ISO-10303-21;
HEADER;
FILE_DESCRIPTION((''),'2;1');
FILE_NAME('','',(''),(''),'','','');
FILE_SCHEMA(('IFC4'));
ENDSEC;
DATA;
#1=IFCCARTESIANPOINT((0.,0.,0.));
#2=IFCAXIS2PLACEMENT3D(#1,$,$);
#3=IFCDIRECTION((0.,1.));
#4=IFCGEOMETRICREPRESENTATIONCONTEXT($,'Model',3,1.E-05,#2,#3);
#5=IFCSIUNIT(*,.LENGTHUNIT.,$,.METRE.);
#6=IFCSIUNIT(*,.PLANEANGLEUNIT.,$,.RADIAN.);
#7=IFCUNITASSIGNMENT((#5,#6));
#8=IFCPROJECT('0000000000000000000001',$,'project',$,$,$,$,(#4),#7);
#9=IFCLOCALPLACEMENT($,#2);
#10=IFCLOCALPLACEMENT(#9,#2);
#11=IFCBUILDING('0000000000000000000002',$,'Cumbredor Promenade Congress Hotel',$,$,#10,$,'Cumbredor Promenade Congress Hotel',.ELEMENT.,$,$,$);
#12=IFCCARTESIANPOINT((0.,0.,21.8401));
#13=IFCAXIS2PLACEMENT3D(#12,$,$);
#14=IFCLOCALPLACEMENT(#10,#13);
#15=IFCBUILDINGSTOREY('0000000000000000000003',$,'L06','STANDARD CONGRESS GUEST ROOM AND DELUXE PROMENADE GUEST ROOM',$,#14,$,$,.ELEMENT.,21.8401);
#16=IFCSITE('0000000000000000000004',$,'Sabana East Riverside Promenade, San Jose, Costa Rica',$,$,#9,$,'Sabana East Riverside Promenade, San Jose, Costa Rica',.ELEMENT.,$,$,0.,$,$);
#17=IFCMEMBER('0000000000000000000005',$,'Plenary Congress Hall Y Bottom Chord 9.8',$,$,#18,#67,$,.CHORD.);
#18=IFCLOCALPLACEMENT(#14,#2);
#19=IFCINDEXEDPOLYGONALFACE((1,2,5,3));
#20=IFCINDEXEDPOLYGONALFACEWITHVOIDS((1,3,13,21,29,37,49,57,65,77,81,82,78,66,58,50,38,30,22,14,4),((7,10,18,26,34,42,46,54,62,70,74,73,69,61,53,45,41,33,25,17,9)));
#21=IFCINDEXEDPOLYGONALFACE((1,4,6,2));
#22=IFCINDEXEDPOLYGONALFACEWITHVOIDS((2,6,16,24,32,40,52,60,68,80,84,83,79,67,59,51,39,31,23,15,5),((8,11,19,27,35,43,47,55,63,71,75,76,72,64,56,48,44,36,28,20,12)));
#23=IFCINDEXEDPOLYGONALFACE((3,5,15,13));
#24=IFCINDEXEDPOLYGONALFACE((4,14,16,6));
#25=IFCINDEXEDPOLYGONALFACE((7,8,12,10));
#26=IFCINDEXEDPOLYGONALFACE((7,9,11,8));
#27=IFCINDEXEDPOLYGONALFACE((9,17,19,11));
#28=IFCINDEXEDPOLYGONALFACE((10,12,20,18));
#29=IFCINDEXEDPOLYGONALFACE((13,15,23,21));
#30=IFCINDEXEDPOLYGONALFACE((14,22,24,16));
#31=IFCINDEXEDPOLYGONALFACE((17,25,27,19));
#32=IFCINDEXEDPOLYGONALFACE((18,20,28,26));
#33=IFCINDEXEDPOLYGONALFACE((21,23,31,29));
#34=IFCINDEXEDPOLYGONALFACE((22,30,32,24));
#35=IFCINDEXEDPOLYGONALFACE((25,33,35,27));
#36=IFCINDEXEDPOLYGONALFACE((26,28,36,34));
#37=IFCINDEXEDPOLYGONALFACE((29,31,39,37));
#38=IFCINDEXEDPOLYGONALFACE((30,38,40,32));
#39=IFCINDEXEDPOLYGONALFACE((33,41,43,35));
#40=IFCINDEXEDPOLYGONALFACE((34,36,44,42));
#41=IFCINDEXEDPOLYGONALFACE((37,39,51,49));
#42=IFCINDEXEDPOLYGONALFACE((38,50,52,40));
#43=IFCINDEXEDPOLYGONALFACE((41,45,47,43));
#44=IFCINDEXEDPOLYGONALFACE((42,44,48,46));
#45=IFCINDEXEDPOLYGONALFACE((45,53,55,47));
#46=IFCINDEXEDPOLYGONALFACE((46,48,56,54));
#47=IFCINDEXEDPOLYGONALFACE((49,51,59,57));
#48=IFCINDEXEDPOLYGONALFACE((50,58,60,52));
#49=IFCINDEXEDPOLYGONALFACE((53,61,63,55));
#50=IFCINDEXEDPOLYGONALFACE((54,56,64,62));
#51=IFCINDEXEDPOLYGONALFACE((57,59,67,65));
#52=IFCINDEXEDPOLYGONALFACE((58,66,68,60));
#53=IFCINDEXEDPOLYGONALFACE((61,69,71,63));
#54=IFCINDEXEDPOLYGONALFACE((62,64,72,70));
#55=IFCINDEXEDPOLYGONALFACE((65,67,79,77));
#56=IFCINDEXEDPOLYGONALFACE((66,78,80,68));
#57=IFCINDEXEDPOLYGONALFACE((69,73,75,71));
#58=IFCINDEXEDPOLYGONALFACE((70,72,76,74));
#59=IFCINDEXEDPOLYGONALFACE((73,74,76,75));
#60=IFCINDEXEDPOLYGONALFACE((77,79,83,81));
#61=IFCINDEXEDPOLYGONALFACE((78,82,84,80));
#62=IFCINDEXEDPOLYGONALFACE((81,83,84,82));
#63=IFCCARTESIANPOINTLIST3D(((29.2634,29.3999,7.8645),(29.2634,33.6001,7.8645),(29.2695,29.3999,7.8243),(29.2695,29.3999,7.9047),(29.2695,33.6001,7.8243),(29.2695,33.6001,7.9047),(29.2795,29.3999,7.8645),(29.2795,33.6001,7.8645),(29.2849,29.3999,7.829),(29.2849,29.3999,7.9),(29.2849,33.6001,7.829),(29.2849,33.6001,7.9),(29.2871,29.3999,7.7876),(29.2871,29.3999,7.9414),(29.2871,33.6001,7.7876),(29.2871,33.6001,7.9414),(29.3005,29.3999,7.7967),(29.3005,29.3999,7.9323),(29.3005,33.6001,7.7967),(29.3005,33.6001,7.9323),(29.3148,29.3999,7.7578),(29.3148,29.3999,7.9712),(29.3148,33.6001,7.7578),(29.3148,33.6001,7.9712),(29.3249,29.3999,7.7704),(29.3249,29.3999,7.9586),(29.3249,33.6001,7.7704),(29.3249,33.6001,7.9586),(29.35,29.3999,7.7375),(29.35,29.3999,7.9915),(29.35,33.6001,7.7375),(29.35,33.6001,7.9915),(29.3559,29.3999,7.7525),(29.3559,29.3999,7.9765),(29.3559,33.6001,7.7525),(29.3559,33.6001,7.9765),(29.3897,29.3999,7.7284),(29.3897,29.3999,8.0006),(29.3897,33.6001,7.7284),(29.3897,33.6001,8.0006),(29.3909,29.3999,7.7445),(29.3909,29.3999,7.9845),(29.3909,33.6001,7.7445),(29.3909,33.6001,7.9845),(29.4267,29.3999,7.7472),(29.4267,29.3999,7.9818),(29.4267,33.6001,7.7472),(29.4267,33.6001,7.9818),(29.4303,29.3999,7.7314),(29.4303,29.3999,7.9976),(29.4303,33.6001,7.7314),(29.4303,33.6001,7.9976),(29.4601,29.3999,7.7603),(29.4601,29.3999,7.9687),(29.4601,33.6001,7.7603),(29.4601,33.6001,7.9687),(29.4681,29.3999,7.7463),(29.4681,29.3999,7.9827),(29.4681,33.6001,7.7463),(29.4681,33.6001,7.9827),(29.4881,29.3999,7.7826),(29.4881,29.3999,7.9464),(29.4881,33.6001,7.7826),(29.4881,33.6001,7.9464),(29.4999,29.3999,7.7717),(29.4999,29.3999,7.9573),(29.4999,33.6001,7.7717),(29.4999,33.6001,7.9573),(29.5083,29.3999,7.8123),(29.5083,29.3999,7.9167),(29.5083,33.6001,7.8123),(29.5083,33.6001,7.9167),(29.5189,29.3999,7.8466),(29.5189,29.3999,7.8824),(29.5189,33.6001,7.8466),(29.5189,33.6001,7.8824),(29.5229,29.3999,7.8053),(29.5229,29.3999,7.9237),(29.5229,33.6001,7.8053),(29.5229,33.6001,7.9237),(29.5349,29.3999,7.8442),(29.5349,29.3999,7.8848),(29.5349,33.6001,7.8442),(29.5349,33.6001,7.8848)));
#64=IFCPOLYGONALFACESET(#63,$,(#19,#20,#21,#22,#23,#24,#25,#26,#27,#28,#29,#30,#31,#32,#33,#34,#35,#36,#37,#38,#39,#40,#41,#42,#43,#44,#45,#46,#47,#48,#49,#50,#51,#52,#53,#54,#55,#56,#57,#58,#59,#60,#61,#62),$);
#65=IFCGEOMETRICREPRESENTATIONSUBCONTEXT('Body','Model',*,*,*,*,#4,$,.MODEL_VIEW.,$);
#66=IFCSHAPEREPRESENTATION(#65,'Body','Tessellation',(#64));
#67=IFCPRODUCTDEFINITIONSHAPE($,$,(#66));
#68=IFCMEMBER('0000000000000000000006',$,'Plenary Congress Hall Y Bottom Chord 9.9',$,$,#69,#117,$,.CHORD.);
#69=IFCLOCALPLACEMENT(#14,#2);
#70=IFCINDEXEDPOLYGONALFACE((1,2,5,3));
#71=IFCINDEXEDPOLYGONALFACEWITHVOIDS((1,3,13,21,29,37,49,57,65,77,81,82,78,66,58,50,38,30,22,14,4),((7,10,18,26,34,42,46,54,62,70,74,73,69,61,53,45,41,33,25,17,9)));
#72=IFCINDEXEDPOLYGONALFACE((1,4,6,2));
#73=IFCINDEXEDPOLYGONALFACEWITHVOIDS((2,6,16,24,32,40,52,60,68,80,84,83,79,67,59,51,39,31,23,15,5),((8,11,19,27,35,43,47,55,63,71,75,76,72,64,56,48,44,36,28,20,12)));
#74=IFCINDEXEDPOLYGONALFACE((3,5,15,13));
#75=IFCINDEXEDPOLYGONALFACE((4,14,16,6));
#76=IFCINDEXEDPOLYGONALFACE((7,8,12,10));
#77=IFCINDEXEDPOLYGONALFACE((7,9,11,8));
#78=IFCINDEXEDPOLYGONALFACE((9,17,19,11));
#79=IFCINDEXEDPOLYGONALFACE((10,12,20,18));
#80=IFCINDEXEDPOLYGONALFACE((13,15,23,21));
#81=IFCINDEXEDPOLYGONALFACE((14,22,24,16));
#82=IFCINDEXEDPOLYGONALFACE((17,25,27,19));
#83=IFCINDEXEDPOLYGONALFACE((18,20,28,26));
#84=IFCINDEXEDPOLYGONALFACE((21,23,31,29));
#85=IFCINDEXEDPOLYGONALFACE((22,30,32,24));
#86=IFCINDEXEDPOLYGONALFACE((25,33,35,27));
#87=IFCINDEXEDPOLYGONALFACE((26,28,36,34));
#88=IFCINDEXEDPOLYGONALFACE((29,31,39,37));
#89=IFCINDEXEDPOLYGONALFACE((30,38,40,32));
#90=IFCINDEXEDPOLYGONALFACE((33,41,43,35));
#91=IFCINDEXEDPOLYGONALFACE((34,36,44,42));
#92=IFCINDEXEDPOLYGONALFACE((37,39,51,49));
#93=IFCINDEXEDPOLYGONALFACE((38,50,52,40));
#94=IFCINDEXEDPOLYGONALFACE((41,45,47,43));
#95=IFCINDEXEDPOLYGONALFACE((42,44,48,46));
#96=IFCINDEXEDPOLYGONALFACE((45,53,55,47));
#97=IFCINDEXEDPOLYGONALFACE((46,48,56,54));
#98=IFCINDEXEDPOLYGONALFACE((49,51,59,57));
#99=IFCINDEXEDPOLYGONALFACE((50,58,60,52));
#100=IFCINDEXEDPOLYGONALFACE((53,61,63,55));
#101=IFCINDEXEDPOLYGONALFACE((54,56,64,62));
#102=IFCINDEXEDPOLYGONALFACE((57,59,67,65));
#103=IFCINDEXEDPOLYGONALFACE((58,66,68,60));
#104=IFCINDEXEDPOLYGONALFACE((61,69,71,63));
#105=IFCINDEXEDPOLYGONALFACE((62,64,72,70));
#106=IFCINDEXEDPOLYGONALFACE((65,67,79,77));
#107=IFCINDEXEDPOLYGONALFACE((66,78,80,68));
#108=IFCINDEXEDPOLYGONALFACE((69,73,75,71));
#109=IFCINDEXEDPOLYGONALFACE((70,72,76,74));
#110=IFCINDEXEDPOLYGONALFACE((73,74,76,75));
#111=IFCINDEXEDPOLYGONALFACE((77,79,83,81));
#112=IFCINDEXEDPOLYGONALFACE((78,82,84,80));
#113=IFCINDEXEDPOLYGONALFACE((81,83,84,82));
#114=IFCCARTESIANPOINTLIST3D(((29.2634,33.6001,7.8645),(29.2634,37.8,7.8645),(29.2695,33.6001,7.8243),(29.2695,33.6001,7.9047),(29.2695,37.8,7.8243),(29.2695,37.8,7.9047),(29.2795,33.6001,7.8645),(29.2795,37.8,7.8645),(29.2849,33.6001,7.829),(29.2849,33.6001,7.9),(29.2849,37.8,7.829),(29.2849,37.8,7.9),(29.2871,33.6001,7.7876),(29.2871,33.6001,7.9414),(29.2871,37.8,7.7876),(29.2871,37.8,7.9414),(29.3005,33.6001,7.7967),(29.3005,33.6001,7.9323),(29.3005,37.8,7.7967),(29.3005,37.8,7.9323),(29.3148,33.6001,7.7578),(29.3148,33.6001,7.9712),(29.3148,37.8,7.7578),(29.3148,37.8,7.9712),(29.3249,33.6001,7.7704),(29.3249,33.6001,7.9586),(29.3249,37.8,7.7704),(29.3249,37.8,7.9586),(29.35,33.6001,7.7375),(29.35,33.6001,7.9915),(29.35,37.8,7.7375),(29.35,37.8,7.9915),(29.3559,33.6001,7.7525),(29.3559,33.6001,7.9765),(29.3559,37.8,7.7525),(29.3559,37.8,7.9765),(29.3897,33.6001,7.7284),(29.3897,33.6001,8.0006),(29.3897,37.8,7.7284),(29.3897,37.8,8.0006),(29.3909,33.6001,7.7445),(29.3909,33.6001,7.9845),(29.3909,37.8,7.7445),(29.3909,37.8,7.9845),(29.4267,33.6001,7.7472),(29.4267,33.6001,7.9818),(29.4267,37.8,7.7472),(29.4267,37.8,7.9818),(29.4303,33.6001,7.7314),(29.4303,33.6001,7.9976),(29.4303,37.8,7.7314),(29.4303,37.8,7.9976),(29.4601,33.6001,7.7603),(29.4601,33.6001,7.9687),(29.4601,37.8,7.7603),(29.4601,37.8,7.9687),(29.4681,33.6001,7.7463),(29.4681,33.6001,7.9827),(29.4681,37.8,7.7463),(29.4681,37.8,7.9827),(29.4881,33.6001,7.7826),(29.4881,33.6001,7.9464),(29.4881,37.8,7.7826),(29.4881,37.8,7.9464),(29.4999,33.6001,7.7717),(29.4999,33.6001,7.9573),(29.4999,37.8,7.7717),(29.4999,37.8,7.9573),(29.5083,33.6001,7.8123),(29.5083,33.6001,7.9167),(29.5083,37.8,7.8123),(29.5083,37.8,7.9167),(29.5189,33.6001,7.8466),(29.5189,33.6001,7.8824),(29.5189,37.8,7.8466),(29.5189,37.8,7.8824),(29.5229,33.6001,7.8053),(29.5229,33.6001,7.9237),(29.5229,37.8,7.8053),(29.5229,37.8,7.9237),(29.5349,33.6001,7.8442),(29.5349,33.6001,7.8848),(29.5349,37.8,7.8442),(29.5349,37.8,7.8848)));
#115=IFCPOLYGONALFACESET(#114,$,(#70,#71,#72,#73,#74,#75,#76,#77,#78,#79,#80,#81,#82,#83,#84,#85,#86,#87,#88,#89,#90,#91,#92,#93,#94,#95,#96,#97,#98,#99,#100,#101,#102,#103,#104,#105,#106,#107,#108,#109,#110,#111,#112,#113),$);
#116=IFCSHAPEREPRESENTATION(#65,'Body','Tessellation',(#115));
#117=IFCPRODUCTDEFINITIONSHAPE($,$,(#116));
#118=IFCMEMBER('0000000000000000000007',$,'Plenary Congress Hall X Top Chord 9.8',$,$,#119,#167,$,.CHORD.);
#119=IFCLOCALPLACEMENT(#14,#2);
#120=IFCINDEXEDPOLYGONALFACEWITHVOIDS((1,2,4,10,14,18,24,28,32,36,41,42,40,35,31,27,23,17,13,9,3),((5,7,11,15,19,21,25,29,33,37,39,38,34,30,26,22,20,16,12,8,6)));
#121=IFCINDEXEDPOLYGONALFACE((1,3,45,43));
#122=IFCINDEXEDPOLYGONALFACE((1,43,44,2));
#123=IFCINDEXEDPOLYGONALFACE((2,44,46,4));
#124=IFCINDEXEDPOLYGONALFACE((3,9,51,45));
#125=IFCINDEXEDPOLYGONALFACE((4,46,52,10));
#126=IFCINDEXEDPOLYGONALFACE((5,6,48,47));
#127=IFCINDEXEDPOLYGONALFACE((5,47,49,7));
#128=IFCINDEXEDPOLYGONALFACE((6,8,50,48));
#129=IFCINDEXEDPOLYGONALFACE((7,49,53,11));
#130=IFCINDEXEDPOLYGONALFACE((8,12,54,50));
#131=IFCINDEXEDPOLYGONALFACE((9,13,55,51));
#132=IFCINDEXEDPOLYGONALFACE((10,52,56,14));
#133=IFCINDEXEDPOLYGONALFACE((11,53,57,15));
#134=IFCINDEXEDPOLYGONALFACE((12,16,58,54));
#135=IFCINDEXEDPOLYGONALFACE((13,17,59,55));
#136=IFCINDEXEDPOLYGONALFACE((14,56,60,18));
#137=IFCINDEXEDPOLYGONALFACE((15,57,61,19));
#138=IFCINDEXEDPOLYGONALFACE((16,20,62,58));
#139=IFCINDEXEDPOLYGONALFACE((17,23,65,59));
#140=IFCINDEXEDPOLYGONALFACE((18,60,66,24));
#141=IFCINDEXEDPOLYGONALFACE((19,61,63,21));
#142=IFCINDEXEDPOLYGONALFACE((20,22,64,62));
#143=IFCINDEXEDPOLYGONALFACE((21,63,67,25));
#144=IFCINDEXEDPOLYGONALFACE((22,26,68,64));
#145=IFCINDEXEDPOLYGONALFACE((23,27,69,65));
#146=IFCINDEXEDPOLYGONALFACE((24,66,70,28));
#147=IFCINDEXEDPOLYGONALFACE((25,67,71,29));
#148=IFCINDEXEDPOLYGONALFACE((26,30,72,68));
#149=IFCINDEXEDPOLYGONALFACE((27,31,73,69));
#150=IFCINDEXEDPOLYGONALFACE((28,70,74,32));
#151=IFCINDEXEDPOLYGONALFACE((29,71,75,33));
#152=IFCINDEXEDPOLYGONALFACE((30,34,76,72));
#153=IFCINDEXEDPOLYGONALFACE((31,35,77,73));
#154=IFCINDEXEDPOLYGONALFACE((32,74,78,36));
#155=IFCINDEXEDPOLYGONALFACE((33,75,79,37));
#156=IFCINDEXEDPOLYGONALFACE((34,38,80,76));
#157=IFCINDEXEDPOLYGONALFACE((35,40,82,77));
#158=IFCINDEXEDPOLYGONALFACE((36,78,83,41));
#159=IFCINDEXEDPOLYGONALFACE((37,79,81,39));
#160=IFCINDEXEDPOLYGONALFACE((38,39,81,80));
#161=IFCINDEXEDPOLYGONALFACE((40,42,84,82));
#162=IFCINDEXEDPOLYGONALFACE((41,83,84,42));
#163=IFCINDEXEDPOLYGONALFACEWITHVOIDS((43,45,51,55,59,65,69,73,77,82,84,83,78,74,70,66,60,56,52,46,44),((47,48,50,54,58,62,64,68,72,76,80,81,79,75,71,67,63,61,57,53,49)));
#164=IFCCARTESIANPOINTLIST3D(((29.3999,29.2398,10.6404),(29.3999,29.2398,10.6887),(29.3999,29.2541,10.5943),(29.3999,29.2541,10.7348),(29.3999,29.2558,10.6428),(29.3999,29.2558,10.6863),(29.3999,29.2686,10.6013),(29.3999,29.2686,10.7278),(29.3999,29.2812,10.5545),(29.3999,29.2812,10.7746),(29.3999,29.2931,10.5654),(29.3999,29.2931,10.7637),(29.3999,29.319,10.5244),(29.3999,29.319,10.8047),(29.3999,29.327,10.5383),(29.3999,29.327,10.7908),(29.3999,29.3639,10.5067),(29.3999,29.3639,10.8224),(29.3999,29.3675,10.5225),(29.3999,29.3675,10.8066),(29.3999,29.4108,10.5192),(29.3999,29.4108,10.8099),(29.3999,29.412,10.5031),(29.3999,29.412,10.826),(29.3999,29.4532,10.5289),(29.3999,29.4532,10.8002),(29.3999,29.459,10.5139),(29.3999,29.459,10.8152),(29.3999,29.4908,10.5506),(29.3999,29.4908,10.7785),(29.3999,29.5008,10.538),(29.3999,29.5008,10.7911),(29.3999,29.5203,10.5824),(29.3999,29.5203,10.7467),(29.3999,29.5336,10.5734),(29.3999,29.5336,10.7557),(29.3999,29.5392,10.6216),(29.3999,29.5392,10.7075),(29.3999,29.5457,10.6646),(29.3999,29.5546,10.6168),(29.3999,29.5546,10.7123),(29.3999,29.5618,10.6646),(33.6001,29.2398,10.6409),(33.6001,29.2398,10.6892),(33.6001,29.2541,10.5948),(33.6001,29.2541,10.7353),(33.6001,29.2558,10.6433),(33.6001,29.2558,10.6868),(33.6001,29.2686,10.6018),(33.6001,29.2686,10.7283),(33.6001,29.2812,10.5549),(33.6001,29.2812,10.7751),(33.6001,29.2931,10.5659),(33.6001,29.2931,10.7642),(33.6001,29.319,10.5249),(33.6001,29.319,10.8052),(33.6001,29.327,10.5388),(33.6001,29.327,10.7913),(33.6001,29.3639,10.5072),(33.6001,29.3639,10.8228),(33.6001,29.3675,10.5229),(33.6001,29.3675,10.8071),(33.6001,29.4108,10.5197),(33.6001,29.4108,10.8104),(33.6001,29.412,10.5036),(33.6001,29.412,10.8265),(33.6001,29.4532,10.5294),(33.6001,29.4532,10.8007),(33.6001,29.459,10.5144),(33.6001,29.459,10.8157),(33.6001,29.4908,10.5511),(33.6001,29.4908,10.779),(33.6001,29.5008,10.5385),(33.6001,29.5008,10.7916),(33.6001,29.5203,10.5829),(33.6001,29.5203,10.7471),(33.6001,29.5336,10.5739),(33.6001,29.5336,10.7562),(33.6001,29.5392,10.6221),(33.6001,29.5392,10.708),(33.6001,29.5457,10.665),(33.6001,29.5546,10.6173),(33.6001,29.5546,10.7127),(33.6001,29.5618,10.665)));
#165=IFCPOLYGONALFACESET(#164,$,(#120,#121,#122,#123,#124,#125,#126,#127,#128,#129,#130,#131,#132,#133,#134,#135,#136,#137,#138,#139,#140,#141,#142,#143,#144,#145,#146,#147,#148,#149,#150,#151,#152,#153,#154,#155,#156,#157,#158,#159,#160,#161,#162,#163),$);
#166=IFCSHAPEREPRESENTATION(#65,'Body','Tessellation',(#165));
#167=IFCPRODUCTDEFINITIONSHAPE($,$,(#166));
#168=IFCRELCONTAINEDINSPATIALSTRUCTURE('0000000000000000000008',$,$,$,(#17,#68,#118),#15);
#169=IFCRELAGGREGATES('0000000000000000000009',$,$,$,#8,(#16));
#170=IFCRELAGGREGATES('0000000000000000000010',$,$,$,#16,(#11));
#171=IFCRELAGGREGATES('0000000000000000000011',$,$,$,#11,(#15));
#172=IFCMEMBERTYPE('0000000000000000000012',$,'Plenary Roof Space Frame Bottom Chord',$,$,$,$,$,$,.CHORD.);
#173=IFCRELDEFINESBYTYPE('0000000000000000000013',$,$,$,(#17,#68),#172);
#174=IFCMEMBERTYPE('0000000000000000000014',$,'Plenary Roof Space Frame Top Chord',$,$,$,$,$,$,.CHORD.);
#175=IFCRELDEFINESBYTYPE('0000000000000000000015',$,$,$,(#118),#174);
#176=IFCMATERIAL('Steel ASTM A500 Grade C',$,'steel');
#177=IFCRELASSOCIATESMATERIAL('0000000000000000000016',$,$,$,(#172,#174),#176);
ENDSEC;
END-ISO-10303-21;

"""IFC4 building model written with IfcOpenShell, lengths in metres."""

from ifc_helpers import new_model, si_unit, direction, frame, origin, origin_2d, place, context, subcontext, project, spatial, hollow_circle, extrude, material, material_profile, profile_set, type_object, element, save


model = new_model("IFC4")

# Units and contexts
model_context = context("Model", 3, precision=1e-05, world=origin(), true_north=direction((0.0, 1.0)))
body_context = subcontext(model_context, "Body", "Model", "MODEL_VIEW")
ifc_project = project(units=[si_unit("LENGTHUNIT", "METRE"), si_unit("PLANEANGLEUNIT", "RADIAN")], contexts=[model_context])

# Site, building, storey
site_placement = place(None, origin())
site = spatial("IfcSite", under=ifc_project, at=site_placement, Name="Sabana East Riverside Promenade, San Jose, Costa Rica", LongName="Sabana East Riverside Promenade, San Jose, Costa Rica", CompositionType="ELEMENT", RefElevation=0.0)
building_placement = place(site_placement, origin())
building = spatial("IfcBuilding", under=site, at=building_placement, Name="Cumbredor Promenade Congress Hotel", LongName="Cumbredor Promenade Congress Hotel", CompositionType="ELEMENT")
storey_placement = place(building_placement, frame((0.0, 0.0, 21.8401)))
storey = spatial("IfcBuildingStorey", under=building, at=storey_placement, Name="L06", Description="STANDARD CONGRESS GUEST ROOM AND DELUXE PROMENADE GUEST ROOM", CompositionType="ELEMENT", Elevation=21.8401)

# Members
ifc_material_1 = material(Name="Steel ASTM A500 Grade C", Category="steel")
ifc_material_profile_1 = material_profile(ifc_material_1, hollow_circle(Radius=0.1365, WallThickness=0.0161, at=origin_2d()), Name="CHS 273.0x16")
ifc_profile_set_1 = profile_set([ifc_material_profile_1], Name="Steel ASTM A500 Grade C")
member_type_1 = type_object("IfcMemberType", Name="Plenary Roof Space Frame Bottom Chord", PredefinedType="CHORD", material=ifc_profile_set_1)
member_1_placement = place(storey_placement, frame((29.3999, 29.3999, 7.8645), z_axis=(0.0, 1.0, 0.0), x_axis=(-1.0, 0.0, 0.0)))
element("IfcMember", 1, at=member_1_placement, inside=storey, type_object=member_type_1, Name="Plenary Congress Hall Y Bottom Chord 9.8", PredefinedType="CHORD", context=body_context, shape_type="SweptSolid", body=[
    extrude(hollow_circle(Radius=0.1365, WallThickness=0.0161, at=origin_2d()), origin(), (0.0, 0.0, 1.0), 4.2002),
])
member_2_placement = place(storey_placement, frame((29.3999, 33.6001, 7.8645), z_axis=(0.0, 1.0, 0.0), x_axis=(-1.0, 0.0, 0.0)))
element("IfcMember", 2, at=member_2_placement, inside=storey, type_object=member_type_1, Name="Plenary Congress Hall Y Bottom Chord 9.9", PredefinedType="CHORD", context=body_context, shape_type="SweptSolid", body=[
    extrude(hollow_circle(Radius=0.1365, WallThickness=0.0161, at=origin_2d()), origin(), (0.0, 0.0, 1.0), 4.2),
])
ifc_material_profile_2 = material_profile(ifc_material_1, hollow_circle(Radius=0.1619, WallThickness=0.0161, at=origin_2d()), Name="CHS 323.9x16")
ifc_profile_set_2 = profile_set([ifc_material_profile_2], Name="Steel ASTM A500 Grade C")
member_type_2 = type_object("IfcMemberType", Name="Plenary Roof Space Frame Top Chord", PredefinedType="CHORD", material=ifc_profile_set_2)
member_3_placement = place(storey_placement, frame((29.3999, 29.3999, 10.6646), z_axis=(1.0, 0.0, 0.000116), x_axis=(0.0, 1.0, 0.0)))
element("IfcMember", 3, at=member_3_placement, inside=storey, type_object=member_type_2, Name="Plenary Congress Hall X Top Chord 9.8", PredefinedType="CHORD", context=body_context, shape_type="SweptSolid", body=[
    extrude(hollow_circle(Radius=0.1619, WallThickness=0.0161, at=origin_2d()), origin(), (0.0, 0.0, 1.0), 4.2002),
])

save(model, "model.ifc")
